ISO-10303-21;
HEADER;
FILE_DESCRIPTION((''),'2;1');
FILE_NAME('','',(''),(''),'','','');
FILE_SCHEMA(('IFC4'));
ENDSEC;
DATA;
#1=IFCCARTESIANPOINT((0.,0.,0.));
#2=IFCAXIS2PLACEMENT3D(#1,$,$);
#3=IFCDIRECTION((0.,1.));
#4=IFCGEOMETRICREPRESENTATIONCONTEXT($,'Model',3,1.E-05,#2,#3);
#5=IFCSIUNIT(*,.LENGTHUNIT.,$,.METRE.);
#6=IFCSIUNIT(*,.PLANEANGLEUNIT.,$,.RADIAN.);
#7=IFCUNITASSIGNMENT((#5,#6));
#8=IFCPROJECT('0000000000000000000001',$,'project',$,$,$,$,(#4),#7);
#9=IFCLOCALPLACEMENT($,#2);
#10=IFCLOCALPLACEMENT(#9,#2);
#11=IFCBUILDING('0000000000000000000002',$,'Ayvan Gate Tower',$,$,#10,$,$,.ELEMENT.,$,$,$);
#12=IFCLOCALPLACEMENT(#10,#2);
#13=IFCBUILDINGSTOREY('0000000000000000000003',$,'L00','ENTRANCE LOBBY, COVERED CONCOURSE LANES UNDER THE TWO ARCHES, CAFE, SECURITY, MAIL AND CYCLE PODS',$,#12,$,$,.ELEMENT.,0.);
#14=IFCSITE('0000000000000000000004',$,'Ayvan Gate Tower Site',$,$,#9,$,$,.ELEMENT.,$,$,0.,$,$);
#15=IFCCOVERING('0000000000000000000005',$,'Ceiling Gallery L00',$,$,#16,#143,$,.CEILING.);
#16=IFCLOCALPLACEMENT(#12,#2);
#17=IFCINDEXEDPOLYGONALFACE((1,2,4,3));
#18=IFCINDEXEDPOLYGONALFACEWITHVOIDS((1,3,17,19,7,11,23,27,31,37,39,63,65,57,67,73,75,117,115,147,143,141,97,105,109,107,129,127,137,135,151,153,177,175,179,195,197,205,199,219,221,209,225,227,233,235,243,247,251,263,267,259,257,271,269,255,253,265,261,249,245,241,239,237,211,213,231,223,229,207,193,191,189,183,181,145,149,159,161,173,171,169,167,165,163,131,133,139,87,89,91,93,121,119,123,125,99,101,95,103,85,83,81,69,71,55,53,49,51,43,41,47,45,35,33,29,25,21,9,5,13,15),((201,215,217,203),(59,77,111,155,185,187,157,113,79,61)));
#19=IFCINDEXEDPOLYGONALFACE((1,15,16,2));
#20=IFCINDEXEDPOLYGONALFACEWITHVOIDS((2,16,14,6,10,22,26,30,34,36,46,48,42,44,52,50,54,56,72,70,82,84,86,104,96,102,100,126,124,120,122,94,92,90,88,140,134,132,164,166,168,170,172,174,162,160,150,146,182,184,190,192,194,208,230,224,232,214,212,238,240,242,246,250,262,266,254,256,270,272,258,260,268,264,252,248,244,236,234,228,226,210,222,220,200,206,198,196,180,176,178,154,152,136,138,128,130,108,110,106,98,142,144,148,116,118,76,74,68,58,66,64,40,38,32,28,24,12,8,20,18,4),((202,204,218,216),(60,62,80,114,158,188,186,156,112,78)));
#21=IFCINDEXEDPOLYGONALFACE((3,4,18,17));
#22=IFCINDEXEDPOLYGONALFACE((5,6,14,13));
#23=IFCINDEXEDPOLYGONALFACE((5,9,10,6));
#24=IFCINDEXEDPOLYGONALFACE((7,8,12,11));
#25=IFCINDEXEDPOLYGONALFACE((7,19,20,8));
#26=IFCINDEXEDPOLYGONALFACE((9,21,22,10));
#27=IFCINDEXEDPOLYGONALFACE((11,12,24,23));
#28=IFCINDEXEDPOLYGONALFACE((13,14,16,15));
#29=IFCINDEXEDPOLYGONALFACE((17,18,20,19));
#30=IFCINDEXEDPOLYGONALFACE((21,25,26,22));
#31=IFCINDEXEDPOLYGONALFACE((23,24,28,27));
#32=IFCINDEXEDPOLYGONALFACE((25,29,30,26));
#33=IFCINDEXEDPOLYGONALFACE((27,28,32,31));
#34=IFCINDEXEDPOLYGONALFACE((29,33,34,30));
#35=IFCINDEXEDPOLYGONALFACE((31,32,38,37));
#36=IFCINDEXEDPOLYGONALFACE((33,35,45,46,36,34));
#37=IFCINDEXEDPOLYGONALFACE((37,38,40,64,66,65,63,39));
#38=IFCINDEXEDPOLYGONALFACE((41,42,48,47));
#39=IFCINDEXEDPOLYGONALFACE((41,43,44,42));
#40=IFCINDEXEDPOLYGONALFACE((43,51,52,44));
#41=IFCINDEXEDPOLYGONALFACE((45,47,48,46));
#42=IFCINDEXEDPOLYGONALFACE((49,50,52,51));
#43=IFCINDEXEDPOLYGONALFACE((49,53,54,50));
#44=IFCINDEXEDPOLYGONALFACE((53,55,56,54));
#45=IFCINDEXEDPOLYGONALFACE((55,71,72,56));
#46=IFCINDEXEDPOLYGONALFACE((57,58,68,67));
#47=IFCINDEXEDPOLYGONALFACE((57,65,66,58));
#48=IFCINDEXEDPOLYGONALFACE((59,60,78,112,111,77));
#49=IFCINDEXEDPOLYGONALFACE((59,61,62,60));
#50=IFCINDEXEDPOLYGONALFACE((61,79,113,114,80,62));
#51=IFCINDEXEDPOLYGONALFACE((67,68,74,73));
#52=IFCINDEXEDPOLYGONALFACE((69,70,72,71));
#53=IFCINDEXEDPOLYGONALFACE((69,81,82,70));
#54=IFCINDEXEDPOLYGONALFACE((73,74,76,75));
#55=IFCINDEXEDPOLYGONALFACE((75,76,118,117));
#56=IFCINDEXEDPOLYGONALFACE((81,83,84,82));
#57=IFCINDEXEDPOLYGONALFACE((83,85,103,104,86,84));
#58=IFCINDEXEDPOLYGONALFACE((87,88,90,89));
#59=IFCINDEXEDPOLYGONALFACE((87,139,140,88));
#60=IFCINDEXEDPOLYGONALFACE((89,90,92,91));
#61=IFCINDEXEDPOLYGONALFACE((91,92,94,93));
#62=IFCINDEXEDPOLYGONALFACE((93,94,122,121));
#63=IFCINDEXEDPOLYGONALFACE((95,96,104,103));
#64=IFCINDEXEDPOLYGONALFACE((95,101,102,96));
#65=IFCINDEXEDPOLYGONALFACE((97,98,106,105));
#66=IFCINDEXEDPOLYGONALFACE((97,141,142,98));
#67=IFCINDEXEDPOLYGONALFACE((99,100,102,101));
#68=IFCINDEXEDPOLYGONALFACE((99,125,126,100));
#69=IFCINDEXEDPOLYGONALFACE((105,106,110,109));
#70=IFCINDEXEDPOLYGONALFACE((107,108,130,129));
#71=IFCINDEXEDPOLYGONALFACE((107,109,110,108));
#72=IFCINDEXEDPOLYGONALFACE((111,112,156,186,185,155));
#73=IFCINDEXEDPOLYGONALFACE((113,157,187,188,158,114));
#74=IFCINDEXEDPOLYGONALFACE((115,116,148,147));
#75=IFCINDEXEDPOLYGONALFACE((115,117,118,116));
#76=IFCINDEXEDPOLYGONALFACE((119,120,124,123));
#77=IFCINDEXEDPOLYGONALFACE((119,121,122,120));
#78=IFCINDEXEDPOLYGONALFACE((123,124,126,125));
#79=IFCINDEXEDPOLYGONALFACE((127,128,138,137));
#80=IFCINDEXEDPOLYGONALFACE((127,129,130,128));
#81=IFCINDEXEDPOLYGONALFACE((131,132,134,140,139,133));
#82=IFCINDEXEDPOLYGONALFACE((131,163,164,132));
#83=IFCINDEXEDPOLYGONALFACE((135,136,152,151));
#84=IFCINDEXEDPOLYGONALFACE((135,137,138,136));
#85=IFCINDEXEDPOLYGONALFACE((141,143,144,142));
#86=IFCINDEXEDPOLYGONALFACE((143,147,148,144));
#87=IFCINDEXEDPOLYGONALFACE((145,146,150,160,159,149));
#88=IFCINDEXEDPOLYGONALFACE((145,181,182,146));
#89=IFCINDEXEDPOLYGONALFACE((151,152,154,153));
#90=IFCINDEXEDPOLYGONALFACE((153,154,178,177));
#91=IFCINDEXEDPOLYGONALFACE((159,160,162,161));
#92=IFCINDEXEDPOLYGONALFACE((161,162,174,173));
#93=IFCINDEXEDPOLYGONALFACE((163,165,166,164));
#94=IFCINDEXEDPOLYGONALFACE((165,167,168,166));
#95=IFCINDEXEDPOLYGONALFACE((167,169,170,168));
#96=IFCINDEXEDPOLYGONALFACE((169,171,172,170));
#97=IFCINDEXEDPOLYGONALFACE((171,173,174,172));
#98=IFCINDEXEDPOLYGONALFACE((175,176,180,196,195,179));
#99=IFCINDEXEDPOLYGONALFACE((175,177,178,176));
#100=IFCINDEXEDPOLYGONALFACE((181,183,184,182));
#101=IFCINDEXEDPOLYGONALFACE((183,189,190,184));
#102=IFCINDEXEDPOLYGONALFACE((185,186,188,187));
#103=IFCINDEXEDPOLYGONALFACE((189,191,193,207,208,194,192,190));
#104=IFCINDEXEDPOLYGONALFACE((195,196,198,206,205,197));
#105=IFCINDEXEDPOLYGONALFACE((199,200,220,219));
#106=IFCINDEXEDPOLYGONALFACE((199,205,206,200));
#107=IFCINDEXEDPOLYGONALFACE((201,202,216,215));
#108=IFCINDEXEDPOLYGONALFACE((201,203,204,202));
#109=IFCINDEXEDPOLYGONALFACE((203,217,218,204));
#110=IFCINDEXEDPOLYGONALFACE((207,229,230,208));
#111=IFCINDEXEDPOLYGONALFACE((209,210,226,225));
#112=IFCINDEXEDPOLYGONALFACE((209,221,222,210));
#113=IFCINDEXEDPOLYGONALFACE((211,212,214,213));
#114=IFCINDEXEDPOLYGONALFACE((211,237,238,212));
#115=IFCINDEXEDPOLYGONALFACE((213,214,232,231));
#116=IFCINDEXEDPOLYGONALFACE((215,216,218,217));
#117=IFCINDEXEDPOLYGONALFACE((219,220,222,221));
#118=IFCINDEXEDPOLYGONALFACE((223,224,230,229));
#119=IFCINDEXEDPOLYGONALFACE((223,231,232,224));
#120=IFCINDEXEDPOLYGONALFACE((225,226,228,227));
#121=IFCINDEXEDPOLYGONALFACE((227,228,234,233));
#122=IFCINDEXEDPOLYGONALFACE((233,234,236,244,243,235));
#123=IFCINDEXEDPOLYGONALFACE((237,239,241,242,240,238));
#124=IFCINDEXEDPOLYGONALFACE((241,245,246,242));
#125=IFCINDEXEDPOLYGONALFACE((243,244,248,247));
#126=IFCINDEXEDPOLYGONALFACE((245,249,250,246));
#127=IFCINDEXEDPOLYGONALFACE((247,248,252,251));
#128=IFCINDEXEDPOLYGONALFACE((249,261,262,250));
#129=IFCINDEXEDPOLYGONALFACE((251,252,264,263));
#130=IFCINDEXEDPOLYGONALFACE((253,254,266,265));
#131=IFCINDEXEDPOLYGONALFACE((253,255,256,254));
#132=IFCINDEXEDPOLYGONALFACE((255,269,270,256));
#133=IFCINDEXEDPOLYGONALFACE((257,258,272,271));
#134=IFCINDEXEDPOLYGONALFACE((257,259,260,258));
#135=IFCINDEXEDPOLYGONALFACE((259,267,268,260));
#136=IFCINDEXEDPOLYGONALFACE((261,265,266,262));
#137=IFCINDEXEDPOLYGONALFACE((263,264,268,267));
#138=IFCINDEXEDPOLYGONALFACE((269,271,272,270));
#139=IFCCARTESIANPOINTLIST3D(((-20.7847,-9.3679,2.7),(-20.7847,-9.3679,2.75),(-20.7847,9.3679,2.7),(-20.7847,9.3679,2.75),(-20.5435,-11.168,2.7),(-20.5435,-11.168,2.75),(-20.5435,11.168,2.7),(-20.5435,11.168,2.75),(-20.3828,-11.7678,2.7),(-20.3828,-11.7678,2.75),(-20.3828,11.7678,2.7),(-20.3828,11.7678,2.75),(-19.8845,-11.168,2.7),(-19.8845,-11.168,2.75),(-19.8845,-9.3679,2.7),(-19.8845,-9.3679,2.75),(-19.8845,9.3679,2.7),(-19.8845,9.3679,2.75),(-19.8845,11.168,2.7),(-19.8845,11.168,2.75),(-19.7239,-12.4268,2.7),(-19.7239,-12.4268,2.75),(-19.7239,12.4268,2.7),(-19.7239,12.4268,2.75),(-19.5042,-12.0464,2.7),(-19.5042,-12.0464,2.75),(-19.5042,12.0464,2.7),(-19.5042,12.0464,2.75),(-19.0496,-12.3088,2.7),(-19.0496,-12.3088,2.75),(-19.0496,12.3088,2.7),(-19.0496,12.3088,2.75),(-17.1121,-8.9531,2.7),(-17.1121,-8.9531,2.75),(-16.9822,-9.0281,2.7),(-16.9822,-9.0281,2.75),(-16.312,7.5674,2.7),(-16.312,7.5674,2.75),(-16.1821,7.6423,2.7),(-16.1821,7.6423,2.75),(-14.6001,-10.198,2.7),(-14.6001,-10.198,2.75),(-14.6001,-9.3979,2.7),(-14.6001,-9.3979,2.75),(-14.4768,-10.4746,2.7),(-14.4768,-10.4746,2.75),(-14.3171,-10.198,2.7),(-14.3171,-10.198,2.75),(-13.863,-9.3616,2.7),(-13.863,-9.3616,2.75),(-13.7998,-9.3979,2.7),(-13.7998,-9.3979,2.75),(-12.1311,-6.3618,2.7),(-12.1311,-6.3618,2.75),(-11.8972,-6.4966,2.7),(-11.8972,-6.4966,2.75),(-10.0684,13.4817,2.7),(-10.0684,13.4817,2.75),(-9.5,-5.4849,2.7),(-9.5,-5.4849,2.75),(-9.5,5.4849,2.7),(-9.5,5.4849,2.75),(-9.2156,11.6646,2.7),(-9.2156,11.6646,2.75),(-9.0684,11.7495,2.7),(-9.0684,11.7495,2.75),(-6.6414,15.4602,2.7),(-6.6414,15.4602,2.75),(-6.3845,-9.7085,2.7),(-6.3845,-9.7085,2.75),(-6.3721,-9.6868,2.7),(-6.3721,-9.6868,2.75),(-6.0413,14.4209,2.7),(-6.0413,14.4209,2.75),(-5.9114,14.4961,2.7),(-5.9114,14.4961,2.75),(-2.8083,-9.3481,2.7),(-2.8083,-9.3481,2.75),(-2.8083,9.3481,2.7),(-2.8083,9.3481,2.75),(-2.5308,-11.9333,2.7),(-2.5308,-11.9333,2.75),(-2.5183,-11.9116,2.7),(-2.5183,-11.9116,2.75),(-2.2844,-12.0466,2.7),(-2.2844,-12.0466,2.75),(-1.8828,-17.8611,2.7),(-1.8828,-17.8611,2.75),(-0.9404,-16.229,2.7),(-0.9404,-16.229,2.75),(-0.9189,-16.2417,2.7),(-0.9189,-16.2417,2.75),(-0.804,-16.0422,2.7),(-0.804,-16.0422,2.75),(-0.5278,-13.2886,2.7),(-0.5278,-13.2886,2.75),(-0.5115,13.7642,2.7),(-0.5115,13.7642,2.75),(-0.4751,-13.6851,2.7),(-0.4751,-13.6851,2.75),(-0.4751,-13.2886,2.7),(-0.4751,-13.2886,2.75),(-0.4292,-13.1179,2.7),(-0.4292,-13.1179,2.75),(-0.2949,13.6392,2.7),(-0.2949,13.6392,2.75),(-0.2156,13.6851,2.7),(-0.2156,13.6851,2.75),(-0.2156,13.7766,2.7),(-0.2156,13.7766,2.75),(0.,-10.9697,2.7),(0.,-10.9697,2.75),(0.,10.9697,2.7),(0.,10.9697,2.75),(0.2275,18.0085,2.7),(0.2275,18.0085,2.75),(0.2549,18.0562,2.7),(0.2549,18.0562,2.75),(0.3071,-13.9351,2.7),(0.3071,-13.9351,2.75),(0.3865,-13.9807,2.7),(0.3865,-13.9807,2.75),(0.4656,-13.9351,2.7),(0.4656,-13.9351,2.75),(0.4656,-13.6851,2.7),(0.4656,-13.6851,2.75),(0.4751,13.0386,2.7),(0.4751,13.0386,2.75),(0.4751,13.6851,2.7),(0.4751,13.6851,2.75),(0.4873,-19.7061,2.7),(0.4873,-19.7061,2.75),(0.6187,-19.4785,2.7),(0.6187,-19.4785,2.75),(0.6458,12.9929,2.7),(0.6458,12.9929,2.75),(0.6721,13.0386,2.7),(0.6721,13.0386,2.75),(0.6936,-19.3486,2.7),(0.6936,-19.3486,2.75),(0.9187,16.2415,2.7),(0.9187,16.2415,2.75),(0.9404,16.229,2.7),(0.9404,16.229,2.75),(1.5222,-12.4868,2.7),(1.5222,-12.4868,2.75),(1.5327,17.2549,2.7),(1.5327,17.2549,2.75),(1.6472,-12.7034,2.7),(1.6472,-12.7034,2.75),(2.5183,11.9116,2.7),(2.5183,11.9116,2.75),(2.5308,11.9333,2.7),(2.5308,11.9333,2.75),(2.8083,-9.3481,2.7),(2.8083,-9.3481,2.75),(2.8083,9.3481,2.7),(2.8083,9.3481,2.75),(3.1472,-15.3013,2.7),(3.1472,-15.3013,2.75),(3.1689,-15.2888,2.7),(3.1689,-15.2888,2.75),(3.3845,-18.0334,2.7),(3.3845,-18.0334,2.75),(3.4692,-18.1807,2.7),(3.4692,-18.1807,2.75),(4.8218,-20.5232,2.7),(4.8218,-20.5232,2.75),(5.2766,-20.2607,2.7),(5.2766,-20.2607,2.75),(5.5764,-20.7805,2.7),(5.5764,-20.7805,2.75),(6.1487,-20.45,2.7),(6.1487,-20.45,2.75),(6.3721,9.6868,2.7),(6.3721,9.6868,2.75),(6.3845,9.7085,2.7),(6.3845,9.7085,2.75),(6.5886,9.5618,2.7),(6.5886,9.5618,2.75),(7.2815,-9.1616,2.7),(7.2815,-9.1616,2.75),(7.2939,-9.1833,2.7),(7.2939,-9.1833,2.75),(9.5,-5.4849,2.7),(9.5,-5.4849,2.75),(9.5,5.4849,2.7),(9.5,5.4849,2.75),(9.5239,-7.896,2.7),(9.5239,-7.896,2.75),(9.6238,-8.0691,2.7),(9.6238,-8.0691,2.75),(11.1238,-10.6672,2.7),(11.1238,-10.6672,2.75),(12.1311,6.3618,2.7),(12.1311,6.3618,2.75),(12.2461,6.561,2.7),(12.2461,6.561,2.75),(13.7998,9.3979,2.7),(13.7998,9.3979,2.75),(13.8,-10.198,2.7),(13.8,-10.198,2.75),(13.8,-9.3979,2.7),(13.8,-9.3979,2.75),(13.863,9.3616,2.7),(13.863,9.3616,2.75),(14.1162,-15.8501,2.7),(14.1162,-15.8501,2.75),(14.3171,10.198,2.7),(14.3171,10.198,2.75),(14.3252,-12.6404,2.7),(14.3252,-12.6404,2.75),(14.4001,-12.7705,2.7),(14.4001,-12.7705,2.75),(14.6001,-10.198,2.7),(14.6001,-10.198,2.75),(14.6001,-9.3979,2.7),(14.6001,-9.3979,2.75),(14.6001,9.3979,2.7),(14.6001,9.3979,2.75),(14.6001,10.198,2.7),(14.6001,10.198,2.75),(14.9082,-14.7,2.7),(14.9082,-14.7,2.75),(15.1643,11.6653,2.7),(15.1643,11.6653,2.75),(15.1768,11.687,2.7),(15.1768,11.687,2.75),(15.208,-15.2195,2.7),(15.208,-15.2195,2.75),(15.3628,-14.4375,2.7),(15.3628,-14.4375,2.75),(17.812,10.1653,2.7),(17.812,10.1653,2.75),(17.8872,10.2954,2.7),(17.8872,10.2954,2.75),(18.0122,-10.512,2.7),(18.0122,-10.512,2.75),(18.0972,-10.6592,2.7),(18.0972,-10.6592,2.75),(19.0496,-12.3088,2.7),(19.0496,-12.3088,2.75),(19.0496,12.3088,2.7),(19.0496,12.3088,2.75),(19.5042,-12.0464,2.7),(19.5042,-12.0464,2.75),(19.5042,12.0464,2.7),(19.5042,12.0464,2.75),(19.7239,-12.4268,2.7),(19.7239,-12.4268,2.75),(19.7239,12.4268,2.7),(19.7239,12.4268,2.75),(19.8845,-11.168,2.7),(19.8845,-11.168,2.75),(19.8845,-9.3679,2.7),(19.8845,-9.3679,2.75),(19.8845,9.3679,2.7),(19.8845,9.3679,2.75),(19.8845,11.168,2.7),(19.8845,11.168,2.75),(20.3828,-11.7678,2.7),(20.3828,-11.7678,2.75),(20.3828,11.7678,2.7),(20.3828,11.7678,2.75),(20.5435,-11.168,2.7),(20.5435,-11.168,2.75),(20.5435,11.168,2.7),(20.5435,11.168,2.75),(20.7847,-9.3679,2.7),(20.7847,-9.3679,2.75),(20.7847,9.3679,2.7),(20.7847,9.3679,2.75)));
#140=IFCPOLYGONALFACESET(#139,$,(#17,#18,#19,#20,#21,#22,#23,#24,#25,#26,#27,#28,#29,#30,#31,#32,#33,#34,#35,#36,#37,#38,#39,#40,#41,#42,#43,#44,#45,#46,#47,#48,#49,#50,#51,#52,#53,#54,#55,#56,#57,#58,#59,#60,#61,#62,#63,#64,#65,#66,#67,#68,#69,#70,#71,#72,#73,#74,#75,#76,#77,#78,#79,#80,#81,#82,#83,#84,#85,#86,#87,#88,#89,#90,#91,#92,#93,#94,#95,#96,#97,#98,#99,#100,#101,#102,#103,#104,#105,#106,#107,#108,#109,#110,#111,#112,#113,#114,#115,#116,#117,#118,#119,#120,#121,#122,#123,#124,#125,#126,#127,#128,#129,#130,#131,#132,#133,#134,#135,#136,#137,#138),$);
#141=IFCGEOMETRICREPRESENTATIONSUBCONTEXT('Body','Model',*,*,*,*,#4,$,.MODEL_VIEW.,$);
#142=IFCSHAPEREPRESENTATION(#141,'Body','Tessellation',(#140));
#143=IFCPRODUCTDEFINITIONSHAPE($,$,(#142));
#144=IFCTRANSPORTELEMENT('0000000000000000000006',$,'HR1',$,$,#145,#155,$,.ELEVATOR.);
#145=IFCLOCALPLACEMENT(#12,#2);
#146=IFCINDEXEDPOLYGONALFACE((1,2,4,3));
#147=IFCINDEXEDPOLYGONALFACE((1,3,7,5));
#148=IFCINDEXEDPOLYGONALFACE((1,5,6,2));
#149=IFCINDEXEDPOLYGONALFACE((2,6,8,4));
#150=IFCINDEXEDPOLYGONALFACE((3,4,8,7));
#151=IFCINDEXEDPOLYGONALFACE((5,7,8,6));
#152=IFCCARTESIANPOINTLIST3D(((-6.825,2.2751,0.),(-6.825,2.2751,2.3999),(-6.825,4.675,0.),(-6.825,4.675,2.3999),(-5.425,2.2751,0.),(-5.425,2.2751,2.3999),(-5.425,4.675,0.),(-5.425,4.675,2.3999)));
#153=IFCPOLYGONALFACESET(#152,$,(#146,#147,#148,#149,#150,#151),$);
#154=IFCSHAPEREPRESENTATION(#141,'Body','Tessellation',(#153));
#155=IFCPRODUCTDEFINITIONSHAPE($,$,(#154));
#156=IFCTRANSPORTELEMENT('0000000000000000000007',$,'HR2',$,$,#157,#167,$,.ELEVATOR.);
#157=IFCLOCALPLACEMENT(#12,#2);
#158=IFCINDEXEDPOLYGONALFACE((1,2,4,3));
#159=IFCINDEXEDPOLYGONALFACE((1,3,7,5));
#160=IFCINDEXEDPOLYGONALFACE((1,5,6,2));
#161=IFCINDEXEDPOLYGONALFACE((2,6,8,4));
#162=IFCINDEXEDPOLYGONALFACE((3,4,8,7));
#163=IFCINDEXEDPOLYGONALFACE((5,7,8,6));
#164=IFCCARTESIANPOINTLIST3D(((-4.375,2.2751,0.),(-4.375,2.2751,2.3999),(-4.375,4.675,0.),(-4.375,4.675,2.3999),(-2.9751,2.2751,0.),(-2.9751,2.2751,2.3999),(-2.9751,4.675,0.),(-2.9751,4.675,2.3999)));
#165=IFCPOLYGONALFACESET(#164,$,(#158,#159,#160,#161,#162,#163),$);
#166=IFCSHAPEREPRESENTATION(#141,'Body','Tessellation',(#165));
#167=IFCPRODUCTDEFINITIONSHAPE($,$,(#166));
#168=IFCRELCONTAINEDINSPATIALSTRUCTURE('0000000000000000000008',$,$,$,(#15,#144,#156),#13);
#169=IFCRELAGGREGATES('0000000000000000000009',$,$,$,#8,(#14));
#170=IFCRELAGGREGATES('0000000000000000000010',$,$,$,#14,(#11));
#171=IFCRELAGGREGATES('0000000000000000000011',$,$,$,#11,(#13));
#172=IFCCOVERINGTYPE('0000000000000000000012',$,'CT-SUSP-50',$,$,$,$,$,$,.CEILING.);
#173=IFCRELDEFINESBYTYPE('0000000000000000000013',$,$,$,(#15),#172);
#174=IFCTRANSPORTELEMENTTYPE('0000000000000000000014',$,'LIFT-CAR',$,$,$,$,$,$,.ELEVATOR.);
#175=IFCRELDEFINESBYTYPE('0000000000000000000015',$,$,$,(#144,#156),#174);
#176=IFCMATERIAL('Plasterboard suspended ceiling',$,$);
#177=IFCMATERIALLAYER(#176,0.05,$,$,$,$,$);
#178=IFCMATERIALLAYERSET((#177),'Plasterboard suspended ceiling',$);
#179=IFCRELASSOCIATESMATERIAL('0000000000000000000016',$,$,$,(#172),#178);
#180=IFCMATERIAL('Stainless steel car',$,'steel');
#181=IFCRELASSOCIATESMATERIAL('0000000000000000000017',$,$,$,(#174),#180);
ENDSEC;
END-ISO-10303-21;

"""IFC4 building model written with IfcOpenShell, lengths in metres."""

from ifc_helpers import new_model, si_unit, direction, frame, origin, origin_2d, place, context, subcontext, project, spatial, polyline, rectangle, outline, extrude, material, layer, layer_set, type_object, element, save


model = new_model("IFC4")

# Units and contexts
model_context = context("Model", 3, precision=1e-05, world=origin(), true_north=direction((0.0, 1.0)))
body_context = subcontext(model_context, "Body", "Model", "MODEL_VIEW")
ifc_project = project(units=[si_unit("LENGTHUNIT", "METRE"), si_unit("PLANEANGLEUNIT", "RADIAN")], contexts=[model_context])

# Site, building, storey
site_placement = place(None, origin())
site = spatial("IfcSite", under=ifc_project, at=site_placement, Name="Ayvan Gate Tower Site", CompositionType="ELEMENT", RefElevation=0.0)
building_placement = place(site_placement, origin())
building = spatial("IfcBuilding", under=site, at=building_placement, Name="Ayvan Gate Tower", CompositionType="ELEMENT")
storey_placement = place(building_placement, origin())
storey = spatial("IfcBuildingStorey", under=building, at=storey_placement, Name="L00", Description="ENTRANCE LOBBY, COVERED CONCOURSE LANES UNDER THE TWO ARCHES, CAFE, SECURITY, MAIL AND CYCLE PODS", CompositionType="ELEMENT", Elevation=0.0)

# Covering
ifc_material_1 = material(Name="Plasterboard suspended ceiling")
ifc_layer_1 = layer(ifc_material_1, 0.05)
ifc_layer_set_1 = layer_set([ifc_layer_1], Name="Plasterboard suspended ceiling")
covering_type = type_object("IfcCoveringType", Name="CT-SUSP-50", PredefinedType="CEILING", material=ifc_layer_set_1)
covering_1_placement = place(storey_placement, frame((0.0, 0.0, 2.7)))
element("IfcCovering", 1, at=covering_1_placement, inside=storey, type_object=covering_type, Name="Ceiling Gallery L00", PredefinedType="CEILING", context=body_context, shape_type="SweptSolid", body=[
    extrude(outline(polyline([(-13.7998, -9.3979), (-14.6001, -9.3979), (-14.6001, -10.198), (-14.3171, -10.198), (-14.4768, -10.4746), (-16.9822, -9.0281), (-17.1121, -8.9531), (-19.0496, -12.3088), (-19.5042, -12.0464), (-19.7239, -12.4268), (-20.3828, -11.7678), (-20.5435, -11.168), (-19.8845, -11.168), (-19.8845, -9.3679), (-20.7847, -9.3679), (-20.7847, 9.3679), (-19.8845, 9.3679), (-19.8845, 11.168), (-20.5435, 11.168), (-20.3828, 11.7678), (-19.7239, 12.4268), (-19.5042, 12.0464), (-19.0496, 12.3088), (-16.312, 7.5674), (-16.1821, 7.6423), (-9.2156, 11.6646), (-9.0684, 11.7495), (-10.0684, 13.4817), (-6.6414, 15.4602), (-6.0413, 14.4209), (-5.9114, 14.4961), (0.2549, 18.0562), (0.2275, 18.0085), (1.5327, 17.2549), (0.9404, 16.229), (0.9187, 16.2415), (-0.5115, 13.7642), (-0.2949, 13.6392), (-0.2156, 13.7766), (-0.2156, 13.6851), (0.4751, 13.6851), (0.4751, 13.0386), (0.6721, 13.0386), (0.6458, 12.9929), (2.5183, 11.9116), (2.5308, 11.9333), (6.3845, 9.7085), (6.3721, 9.6868), (6.5886, 9.5618), (12.1311, 6.3618), (12.2461, 6.561), (13.863, 9.3616), (13.7998, 9.3979), (14.6001, 9.3979), (14.6001, 10.198), (14.3171, 10.198), (15.1643, 11.6653), (15.1768, 11.687), (17.812, 10.1653), (17.8872, 10.2954), (19.0496, 12.3088), (19.5042, 12.0464), (19.7239, 12.4268), (20.3828, 11.7678), (20.5435, 11.168), (19.8845, 11.168), (19.8845, 9.3679), (20.7847, 9.3679), (20.7847, -9.3679), (19.8845, -9.3679), (19.8845, -11.168), (20.5435, -11.168), (20.3828, -11.7678), (19.7239, -12.4268), (19.5042, -12.0464), (19.0496, -12.3088), (18.0972, -10.6592), (18.0122, -10.512), (14.3252, -12.6404), (14.4001, -12.7705), (15.3628, -14.4375), (14.9082, -14.7), (15.208, -15.2195), (14.1162, -15.8501), (11.1238, -10.6672), (9.6238, -8.0691), (9.5239, -7.896), (7.2939, -9.1833), (7.2815, -9.1616), (1.5222, -12.4868), (1.6472, -12.7034), (3.1472, -15.3013), (3.1689, -15.2888), (6.1487, -20.45), (5.5764, -20.7805), (5.2766, -20.2607), (4.8218, -20.5232), (3.4692, -18.1807), (3.3845, -18.0334), (0.4873, -19.7061), (0.6187, -19.4785), (0.6936, -19.3486), (-1.8828, -17.8611), (-0.9404, -16.229), (-0.9189, -16.2417), (-0.804, -16.0422), (0.3865, -13.9807), (0.3071, -13.9351), (0.4656, -13.9351), (0.4656, -13.6851), (-0.4751, -13.6851), (-0.4751, -13.2886), (-0.5278, -13.2886), (-0.4292, -13.1179), (-2.2844, -12.0466), (-2.5183, -11.9116), (-2.5308, -11.9333), (-6.3845, -9.7085), (-6.3721, -9.6868), (-11.8972, -6.4966), (-12.1311, -6.3618), (-13.863, -9.3616), (-13.7998, -9.3979)]), holes=[polyline([(13.8, -10.198), (14.6001, -10.198), (14.6001, -9.3979), (13.8, -9.3979), (13.8, -10.198)]), polyline([(-2.8083, -9.3481), (0.0, -10.9697), (2.8083, -9.3481), (9.5, -5.4849), (9.5, 5.4849), (2.8083, 9.3481), (0.0, 10.9697), (-2.8083, 9.3481), (-9.5, 5.4849), (-9.5, -5.4849), (-2.8083, -9.3481)])]), origin(), (0.0, 0.0, 1.0), 0.05),
])

# Transport elements
ifc_material_2 = material(Name="Stainless steel car", Category="steel")
transport_element_type = type_object("IfcTransportElementType", Name="LIFT-CAR", PredefinedType="ELEVATOR", material=ifc_material_2)
for number, where, z_axis, x_axis, name in (
    (2, (-6.125, 3.4751, 0.0), (0.0, 0.0, 1.0), (1.0, 0.0, 0.0), "HR1"),
    (3, (-3.675, 3.4751, 0.0), (0.0, 0.0, 1.0), (1.0, 0.0, 0.0), "HR2"),
):
    element("IfcTransportElement", number, at=place(storey_placement, frame(where, z_axis=z_axis, x_axis=x_axis)), inside=storey, type_object=transport_element_type, Name=name, PredefinedType="ELEVATOR", context=body_context, shape_type="SweptSolid", body=[
        extrude(rectangle(XDim=1.3999, YDim=2.3999, at=origin_2d()), origin(), (0.0, 0.0, 1.0), 2.3999),
    ])

save(model, "model.ifc")
